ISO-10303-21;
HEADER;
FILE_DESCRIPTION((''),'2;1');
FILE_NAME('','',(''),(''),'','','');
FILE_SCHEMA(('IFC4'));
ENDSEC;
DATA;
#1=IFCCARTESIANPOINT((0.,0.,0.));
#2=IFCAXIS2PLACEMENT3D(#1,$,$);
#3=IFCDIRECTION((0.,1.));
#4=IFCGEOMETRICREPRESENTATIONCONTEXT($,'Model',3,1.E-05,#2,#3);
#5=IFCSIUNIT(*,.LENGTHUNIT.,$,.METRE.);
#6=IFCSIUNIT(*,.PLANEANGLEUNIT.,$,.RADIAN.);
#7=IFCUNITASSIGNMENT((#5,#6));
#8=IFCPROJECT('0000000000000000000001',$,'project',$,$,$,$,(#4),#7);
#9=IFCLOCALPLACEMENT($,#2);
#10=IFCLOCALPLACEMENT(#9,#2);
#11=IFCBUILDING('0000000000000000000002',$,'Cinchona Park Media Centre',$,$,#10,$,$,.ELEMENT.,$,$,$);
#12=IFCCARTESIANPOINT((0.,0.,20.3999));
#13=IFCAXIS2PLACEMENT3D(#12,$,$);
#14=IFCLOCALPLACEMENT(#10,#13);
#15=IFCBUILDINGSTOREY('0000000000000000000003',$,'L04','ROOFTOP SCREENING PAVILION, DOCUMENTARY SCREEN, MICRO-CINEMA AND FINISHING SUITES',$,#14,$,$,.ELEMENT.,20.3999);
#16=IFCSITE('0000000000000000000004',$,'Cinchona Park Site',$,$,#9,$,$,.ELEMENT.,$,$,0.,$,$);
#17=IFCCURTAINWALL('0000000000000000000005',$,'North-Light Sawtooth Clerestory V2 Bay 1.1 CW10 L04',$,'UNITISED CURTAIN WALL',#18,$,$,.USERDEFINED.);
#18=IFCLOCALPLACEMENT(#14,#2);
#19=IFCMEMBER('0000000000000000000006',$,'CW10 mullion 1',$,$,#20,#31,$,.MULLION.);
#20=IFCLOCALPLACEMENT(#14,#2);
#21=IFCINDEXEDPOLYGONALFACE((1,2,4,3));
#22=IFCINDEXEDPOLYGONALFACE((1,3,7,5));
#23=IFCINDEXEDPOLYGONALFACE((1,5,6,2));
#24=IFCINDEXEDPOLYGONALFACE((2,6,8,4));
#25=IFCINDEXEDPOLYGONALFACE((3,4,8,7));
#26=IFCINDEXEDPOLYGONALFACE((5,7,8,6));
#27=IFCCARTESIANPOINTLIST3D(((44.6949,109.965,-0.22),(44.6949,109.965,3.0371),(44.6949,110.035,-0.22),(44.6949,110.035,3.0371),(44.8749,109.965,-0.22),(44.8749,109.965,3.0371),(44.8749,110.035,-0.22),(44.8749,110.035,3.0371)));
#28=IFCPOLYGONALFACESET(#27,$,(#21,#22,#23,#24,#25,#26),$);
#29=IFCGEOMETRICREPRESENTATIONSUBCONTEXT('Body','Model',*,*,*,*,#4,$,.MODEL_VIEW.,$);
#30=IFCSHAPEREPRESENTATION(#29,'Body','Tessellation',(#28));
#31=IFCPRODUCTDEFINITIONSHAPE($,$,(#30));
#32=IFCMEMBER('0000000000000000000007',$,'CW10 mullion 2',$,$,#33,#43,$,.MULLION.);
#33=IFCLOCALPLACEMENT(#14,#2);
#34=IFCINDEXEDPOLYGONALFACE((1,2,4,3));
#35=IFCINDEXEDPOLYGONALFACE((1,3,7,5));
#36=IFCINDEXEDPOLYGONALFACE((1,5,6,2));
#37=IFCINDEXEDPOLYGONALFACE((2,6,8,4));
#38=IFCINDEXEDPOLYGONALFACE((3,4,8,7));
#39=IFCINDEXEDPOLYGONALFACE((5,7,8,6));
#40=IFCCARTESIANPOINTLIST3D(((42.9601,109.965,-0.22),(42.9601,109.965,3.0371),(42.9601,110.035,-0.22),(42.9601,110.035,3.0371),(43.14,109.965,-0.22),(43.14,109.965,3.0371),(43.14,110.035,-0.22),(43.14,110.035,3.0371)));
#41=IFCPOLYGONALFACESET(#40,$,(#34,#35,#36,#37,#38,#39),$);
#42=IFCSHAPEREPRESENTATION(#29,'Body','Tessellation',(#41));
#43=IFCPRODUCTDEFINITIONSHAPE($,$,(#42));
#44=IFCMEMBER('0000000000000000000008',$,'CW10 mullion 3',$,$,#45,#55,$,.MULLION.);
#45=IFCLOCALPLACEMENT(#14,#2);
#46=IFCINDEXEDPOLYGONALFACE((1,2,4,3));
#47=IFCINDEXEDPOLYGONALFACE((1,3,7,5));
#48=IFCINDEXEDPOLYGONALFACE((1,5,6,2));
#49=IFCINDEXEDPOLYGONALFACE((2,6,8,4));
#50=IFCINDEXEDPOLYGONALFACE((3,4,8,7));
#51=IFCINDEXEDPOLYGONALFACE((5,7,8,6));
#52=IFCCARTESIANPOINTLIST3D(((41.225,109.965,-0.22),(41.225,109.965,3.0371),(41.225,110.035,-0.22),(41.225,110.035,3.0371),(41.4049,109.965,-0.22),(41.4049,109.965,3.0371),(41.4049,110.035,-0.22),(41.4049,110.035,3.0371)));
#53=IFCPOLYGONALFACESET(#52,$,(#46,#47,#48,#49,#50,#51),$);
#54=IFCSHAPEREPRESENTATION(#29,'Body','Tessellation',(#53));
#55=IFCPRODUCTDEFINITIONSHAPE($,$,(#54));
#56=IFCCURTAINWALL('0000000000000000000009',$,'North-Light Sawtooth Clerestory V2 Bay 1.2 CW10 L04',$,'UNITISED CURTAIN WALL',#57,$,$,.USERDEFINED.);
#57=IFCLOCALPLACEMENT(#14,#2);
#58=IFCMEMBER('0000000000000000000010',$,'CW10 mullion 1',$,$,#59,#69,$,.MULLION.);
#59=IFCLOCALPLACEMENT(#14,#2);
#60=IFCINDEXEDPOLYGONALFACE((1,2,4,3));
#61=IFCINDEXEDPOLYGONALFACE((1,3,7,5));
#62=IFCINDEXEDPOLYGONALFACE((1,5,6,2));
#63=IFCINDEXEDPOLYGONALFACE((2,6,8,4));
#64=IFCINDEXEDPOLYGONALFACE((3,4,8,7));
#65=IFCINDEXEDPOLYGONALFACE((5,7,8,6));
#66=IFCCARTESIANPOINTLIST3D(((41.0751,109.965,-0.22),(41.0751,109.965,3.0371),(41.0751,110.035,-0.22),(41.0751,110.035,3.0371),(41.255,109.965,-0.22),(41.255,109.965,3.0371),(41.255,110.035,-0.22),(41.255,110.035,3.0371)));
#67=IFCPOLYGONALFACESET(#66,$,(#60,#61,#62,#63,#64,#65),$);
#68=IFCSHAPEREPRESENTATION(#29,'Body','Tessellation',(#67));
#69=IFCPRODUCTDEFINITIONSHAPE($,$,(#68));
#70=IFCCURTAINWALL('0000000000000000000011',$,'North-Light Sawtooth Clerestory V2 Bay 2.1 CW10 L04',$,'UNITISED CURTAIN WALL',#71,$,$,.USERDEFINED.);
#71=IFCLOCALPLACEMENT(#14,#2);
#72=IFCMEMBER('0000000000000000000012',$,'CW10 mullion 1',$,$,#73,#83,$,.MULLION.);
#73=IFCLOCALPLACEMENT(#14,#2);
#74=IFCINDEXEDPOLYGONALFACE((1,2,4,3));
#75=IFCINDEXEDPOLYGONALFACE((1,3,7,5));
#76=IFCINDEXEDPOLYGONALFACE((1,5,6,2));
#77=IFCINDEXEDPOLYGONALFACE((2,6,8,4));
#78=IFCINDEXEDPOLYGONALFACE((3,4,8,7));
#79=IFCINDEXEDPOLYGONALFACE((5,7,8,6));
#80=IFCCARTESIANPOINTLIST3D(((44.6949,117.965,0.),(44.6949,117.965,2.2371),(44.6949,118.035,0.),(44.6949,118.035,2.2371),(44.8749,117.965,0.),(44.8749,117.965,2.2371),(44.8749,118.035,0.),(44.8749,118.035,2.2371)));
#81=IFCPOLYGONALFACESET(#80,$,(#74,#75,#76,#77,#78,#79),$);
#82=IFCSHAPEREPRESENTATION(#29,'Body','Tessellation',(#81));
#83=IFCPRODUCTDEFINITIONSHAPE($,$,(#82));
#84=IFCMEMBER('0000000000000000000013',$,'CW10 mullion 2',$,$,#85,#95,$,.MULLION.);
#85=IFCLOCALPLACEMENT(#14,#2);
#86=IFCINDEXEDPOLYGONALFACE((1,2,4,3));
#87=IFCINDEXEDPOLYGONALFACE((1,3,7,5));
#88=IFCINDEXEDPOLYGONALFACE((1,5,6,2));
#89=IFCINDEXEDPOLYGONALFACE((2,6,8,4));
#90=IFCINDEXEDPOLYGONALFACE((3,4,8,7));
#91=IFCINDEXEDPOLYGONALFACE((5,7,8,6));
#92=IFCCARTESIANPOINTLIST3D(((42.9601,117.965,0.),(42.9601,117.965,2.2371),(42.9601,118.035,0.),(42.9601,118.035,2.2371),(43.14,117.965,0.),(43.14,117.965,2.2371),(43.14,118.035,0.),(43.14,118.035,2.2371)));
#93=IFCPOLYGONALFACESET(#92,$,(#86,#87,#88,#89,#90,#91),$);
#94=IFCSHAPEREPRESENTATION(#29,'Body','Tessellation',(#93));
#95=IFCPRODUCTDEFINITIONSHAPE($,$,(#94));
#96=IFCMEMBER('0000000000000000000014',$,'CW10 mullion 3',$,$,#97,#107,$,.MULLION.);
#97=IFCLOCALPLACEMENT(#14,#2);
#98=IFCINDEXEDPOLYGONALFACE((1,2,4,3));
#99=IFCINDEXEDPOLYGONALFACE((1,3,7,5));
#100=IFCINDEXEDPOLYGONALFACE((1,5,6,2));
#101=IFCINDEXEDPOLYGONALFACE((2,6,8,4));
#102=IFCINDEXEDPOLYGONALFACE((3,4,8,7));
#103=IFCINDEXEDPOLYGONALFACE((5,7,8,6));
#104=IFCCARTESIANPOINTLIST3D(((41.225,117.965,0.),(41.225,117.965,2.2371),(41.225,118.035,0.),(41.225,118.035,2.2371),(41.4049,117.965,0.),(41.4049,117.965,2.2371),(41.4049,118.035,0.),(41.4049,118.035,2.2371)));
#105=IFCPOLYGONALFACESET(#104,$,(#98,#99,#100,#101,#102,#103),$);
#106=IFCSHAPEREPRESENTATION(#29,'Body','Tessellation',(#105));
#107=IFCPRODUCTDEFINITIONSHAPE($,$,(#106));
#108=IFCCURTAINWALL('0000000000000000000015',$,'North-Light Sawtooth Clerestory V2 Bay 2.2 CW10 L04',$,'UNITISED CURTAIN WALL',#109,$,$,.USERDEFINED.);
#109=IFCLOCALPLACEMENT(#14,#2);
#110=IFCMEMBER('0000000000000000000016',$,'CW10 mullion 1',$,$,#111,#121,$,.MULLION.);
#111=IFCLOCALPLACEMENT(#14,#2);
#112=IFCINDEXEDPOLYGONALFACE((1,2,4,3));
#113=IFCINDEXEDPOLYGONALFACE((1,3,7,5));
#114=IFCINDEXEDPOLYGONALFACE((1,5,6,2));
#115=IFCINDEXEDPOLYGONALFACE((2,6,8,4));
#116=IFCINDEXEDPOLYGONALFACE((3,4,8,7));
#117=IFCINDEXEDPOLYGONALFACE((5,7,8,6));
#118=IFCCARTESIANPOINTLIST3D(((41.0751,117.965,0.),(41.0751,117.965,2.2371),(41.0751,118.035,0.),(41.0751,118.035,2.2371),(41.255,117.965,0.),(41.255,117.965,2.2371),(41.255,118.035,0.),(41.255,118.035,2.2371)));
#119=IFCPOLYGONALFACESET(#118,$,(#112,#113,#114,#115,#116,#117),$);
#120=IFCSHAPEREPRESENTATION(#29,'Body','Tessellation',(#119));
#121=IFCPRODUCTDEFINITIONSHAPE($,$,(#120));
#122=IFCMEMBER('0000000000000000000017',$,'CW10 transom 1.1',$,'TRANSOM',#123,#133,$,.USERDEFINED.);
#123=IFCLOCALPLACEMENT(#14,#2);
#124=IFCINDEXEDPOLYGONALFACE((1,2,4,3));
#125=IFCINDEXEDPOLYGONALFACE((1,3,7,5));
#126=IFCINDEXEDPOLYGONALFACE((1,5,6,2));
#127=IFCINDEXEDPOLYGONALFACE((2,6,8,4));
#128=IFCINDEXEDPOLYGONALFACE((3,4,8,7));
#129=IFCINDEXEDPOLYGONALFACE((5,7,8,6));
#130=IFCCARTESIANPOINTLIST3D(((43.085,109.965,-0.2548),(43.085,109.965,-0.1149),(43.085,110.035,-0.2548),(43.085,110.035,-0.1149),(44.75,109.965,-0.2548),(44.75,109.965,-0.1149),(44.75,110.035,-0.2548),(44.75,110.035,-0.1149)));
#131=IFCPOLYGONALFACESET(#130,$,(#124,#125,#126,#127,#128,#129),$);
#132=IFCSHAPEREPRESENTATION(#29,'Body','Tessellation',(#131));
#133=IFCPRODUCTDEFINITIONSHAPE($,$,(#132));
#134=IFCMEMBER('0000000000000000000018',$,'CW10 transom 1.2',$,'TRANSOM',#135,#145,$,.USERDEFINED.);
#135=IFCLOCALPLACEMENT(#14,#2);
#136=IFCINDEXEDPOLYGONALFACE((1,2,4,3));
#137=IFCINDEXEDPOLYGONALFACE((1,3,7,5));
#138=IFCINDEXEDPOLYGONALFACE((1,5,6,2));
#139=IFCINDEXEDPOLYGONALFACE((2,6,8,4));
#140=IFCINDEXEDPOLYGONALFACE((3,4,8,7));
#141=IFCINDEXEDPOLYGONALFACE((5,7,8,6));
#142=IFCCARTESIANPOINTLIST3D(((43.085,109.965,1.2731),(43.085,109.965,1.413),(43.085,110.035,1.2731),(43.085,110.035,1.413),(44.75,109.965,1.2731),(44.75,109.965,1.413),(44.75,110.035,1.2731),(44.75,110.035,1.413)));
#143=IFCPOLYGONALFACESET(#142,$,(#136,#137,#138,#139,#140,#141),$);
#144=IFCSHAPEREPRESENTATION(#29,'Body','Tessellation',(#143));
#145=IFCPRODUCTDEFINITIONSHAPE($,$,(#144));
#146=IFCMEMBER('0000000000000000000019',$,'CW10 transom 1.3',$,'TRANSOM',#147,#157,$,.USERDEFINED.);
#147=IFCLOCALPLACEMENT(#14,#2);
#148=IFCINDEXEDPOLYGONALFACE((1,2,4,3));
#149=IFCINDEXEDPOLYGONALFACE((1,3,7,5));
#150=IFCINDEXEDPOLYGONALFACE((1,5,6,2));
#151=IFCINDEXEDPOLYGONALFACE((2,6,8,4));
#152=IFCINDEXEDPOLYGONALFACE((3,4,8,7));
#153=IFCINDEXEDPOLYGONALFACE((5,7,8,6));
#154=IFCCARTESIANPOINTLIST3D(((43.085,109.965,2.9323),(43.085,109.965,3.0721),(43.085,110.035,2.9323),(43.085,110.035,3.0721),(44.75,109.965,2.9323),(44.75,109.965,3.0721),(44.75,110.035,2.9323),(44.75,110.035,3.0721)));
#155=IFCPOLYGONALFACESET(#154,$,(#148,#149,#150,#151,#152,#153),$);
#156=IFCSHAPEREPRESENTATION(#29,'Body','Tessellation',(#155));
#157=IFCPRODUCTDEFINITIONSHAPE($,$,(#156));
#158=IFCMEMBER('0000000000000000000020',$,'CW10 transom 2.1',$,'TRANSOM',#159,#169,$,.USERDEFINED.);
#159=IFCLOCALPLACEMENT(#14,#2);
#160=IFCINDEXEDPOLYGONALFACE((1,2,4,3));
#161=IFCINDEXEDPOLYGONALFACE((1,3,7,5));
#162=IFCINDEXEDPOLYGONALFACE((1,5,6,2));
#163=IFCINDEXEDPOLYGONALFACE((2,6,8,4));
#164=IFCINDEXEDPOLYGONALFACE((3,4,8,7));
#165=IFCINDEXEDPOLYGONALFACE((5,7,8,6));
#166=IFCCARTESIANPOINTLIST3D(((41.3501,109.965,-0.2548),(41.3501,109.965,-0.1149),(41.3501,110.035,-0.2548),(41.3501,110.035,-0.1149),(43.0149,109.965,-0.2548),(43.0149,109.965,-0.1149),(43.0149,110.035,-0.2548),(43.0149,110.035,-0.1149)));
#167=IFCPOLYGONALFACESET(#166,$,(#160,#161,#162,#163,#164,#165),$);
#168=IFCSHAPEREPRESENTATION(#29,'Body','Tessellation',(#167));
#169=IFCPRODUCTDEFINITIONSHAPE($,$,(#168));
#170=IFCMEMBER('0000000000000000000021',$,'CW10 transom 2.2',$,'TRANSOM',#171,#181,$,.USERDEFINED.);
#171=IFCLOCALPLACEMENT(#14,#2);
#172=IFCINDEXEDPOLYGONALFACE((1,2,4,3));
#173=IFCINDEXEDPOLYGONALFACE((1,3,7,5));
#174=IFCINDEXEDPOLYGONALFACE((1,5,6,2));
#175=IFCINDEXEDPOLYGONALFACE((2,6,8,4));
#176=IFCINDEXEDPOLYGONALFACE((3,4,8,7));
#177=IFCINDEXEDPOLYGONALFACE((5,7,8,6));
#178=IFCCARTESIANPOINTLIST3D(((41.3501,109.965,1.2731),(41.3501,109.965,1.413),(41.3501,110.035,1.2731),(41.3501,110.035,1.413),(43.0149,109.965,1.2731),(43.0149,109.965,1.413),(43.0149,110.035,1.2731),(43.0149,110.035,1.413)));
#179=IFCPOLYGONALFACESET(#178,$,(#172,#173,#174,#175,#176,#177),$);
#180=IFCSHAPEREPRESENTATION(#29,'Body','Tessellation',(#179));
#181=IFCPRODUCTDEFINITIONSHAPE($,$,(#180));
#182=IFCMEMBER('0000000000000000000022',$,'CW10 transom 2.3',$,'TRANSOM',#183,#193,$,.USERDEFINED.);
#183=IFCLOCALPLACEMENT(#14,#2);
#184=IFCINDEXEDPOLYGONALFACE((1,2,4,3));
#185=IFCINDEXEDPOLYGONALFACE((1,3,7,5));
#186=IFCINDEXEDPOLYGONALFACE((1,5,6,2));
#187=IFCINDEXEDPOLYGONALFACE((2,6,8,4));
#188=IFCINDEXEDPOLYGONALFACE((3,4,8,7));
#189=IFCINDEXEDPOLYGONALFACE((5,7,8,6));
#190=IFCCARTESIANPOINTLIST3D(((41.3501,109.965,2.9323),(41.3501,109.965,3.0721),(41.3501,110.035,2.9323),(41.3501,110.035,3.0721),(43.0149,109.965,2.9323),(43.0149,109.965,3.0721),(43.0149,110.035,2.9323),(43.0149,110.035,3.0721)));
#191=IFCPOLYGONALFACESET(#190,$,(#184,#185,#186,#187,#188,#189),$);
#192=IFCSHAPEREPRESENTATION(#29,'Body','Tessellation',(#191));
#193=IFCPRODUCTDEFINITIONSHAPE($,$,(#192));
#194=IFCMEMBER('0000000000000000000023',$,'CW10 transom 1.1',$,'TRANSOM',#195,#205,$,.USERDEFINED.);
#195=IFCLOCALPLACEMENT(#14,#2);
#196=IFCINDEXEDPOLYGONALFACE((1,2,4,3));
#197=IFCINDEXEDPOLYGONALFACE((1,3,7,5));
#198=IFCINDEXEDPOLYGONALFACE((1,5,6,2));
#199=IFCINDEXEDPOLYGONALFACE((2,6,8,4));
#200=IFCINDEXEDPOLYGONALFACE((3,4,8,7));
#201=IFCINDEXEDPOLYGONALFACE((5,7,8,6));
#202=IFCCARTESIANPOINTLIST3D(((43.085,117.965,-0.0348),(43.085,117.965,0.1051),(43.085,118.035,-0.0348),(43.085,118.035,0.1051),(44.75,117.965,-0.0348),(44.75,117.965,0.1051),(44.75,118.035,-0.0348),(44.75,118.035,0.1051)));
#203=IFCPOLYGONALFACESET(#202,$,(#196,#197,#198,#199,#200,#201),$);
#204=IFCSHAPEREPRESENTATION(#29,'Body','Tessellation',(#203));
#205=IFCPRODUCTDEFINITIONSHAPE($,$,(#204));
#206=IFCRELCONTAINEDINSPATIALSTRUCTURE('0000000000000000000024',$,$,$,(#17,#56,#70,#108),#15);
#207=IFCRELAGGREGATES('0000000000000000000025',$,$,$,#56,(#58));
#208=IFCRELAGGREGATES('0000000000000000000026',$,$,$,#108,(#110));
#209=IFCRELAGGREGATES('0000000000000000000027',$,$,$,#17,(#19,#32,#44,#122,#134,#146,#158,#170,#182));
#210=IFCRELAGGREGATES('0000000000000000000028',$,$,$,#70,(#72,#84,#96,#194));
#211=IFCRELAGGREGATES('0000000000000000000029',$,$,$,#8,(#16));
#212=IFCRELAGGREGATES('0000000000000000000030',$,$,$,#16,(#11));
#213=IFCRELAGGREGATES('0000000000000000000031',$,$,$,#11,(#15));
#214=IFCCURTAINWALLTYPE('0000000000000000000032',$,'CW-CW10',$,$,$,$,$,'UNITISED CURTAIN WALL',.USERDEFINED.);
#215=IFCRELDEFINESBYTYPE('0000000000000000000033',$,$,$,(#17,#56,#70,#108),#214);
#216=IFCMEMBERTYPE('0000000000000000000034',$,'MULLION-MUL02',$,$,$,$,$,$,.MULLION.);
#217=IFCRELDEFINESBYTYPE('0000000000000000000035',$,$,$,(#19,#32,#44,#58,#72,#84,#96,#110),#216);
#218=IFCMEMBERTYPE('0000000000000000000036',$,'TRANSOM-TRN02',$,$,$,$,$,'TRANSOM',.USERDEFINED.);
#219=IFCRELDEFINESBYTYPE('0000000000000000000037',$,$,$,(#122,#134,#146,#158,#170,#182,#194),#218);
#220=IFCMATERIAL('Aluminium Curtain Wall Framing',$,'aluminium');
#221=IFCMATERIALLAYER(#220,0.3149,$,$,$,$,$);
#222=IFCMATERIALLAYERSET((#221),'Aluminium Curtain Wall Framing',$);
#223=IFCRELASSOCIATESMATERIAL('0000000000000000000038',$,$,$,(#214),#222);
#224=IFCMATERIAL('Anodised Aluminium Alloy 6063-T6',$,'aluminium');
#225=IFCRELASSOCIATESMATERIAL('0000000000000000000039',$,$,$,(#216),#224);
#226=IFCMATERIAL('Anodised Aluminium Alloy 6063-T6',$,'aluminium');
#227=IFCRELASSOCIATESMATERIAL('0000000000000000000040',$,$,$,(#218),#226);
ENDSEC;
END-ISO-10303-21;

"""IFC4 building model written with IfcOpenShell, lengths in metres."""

from ifc_helpers import new_model, si_unit, direction, frame, origin, origin_2d, place, context, subcontext, project, spatial, rectangle, extrude, material, layer, layer_set, material_profile, profile_set, type_object, element, aggregate, save


model = new_model("IFC4")

# Units and contexts
model_context = context("Model", 3, precision=1e-05, world=origin(), true_north=direction((0.0, 1.0)))
body_context = subcontext(model_context, "Body", "Model", "MODEL_VIEW")
ifc_project = project(units=[si_unit("LENGTHUNIT", "METRE"), si_unit("PLANEANGLEUNIT", "RADIAN")], contexts=[model_context])

# Site, building, storey
site_placement = place(None, origin())
site = spatial("IfcSite", under=ifc_project, at=site_placement, Name="Cinchona Park Site", CompositionType="ELEMENT", RefElevation=0.0)
building_placement = place(site_placement, origin())
building = spatial("IfcBuilding", under=site, at=building_placement, Name="Cinchona Park Media Centre", CompositionType="ELEMENT")
storey_placement = place(building_placement, frame((0.0, 0.0, 20.3999)))
storey = spatial("IfcBuildingStorey", under=building, at=storey_placement, Name="L04", Description="ROOFTOP SCREENING PAVILION, DOCUMENTARY SCREEN, MICRO-CINEMA AND FINISHING SUITES", CompositionType="ELEMENT", Elevation=20.3999)

# Curtain wall, members
ifc_material_1 = material(Name="Aluminium Curtain Wall Framing", Category="aluminium")
ifc_layer_1 = layer(ifc_material_1, 0.3149)
ifc_layer_set_1 = layer_set([ifc_layer_1], Name="Aluminium Curtain Wall Framing")
curtain_wall_type = type_object("IfcCurtainWallType", Name="CW-CW10", ElementType="UNITISED CURTAIN WALL", PredefinedType="USERDEFINED", material=ifc_layer_set_1)
curtain_wall_1_placement = place(storey_placement, origin())
curtain_wall_1 = element("IfcCurtainWall", 1, at=curtain_wall_1_placement, inside=storey, type_object=curtain_wall_type, Name="North-Light Sawtooth Clerestory V2 Bay 1.1 CW10 L04", ObjectType="UNITISED CURTAIN WALL", PredefinedType="USERDEFINED")
ifc_material_2 = material(Name="Anodised Aluminium Alloy 6063-T6", Category="aluminium")
ifc_material_profile_1 = material_profile(ifc_material_2, rectangle(XDim=0.0701, YDim=0.1799, at=origin_2d()), Name="MUL-70X180")
ifc_profile_set_1 = profile_set([ifc_material_profile_1], Name="Anodised Aluminium Alloy 6063-T6")
member_type_1 = type_object("IfcMemberType", Name="MULLION-MUL02", PredefinedType="MULLION", material=ifc_profile_set_1)
member_1_placement = place(storey_placement, frame((44.7849, 110.0, -0.22), z_axis=(0.0, 0.0, 1.0), x_axis=(0.0, -1.0, 0.0)))
member_1 = element("IfcMember", 2, at=member_1_placement, type_object=member_type_1, Name="CW10 mullion 1", PredefinedType="MULLION", context=body_context, shape_type="SweptSolid", body=[
    extrude(rectangle(XDim=0.0701, YDim=0.1799, at=origin_2d()), origin(), (0.0, 0.0, 1.0), 3.2571),
])
member_2_placement = place(storey_placement, frame((43.05, 110.0, -0.22), z_axis=(0.0, 0.0, 1.0), x_axis=(0.0, -1.0, 0.0)))
member_2 = element("IfcMember", 3, at=member_2_placement, type_object=member_type_1, Name="CW10 mullion 2", PredefinedType="MULLION", context=body_context, shape_type="SweptSolid", body=[
    extrude(rectangle(XDim=0.0701, YDim=0.1799, at=origin_2d()), origin(), (0.0, 0.0, 1.0), 3.2571),
])
member_3_placement = place(storey_placement, frame((41.3149, 110.0, -0.22), z_axis=(0.0, 0.0, 1.0), x_axis=(0.0, -1.0, 0.0)))
member_3 = element("IfcMember", 4, at=member_3_placement, type_object=member_type_1, Name="CW10 mullion 3", PredefinedType="MULLION", context=body_context, shape_type="SweptSolid", body=[
    extrude(rectangle(XDim=0.0701, YDim=0.1799, at=origin_2d()), origin(), (0.0, 0.0, 1.0), 3.2571),
])

# Curtain wall, member
curtain_wall_2_placement = place(storey_placement, origin())
curtain_wall_2 = element("IfcCurtainWall", 5, at=curtain_wall_2_placement, inside=storey, type_object=curtain_wall_type, Name="North-Light Sawtooth Clerestory V2 Bay 1.2 CW10 L04", ObjectType="UNITISED CURTAIN WALL", PredefinedType="USERDEFINED")
member_4_placement = place(storey_placement, frame((41.165, 110.0, -0.22), z_axis=(0.0, 0.0, 1.0), x_axis=(0.0, -1.0, 0.0)))
member_4 = element("IfcMember", 6, at=member_4_placement, type_object=member_type_1, Name="CW10 mullion 1", PredefinedType="MULLION", context=body_context, shape_type="SweptSolid", body=[
    extrude(rectangle(XDim=0.0701, YDim=0.1799, at=origin_2d()), origin(), (0.0, 0.0, 1.0), 3.2571),
])
aggregate(curtain_wall_2, [member_4])

# Curtain wall, members
curtain_wall_3_placement = place(storey_placement, origin())
curtain_wall_3 = element("IfcCurtainWall", 7, at=curtain_wall_3_placement, inside=storey, type_object=curtain_wall_type, Name="North-Light Sawtooth Clerestory V2 Bay 2.1 CW10 L04", ObjectType="UNITISED CURTAIN WALL", PredefinedType="USERDEFINED")
member_5_placement = place(storey_placement, frame((44.7849, 118.0, 0.0), z_axis=(0.0, 0.0, 1.0), x_axis=(0.0, -1.0, 0.0)))
member_5 = element("IfcMember", 8, at=member_5_placement, type_object=member_type_1, Name="CW10 mullion 1", PredefinedType="MULLION", context=body_context, shape_type="SweptSolid", body=[
    extrude(rectangle(XDim=0.0701, YDim=0.1799, at=origin_2d()), origin(), (0.0, 0.0, 1.0), 2.2371),
])
member_6_placement = place(storey_placement, frame((43.05, 118.0, 0.0), z_axis=(0.0, 0.0, 1.0), x_axis=(0.0, -1.0, 0.0)))
member_6 = element("IfcMember", 9, at=member_6_placement, type_object=member_type_1, Name="CW10 mullion 2", PredefinedType="MULLION", context=body_context, shape_type="SweptSolid", body=[
    extrude(rectangle(XDim=0.0701, YDim=0.1799, at=origin_2d()), origin(), (0.0, 0.0, 1.0), 2.2371),
])
member_7_placement = place(storey_placement, frame((41.3149, 118.0, 0.0), z_axis=(0.0, 0.0, 1.0), x_axis=(0.0, -1.0, 0.0)))
member_7 = element("IfcMember", 10, at=member_7_placement, type_object=member_type_1, Name="CW10 mullion 3", PredefinedType="MULLION", context=body_context, shape_type="SweptSolid", body=[
    extrude(rectangle(XDim=0.0701, YDim=0.1799, at=origin_2d()), origin(), (0.0, 0.0, 1.0), 2.2371),
])

# Curtain wall, member
curtain_wall_4_placement = place(storey_placement, origin())
curtain_wall_4 = element("IfcCurtainWall", 11, at=curtain_wall_4_placement, inside=storey, type_object=curtain_wall_type, Name="North-Light Sawtooth Clerestory V2 Bay 2.2 CW10 L04", ObjectType="UNITISED CURTAIN WALL", PredefinedType="USERDEFINED")
member_8_placement = place(storey_placement, frame((41.165, 118.0, 0.0), z_axis=(0.0, 0.0, 1.0), x_axis=(0.0, -1.0, 0.0)))
member_8 = element("IfcMember", 12, at=member_8_placement, type_object=member_type_1, Name="CW10 mullion 1", PredefinedType="MULLION", context=body_context, shape_type="SweptSolid", body=[
    extrude(rectangle(XDim=0.0701, YDim=0.1799, at=origin_2d()), origin(), (0.0, 0.0, 1.0), 2.2371),
])

# Members
ifc_material_3 = material(Name="Anodised Aluminium Alloy 6063-T6", Category="aluminium")
ifc_material_profile_2 = material_profile(ifc_material_3, rectangle(XDim=0.0701, YDim=0.1399, at=origin_2d()), Name="TRN-70X140")
ifc_profile_set_2 = profile_set([ifc_material_profile_2], Name="Anodised Aluminium Alloy 6063-T6")
member_type_2 = type_object("IfcMemberType", Name="TRANSOM-TRN02", ElementType="TRANSOM", PredefinedType="USERDEFINED", material=ifc_profile_set_2)
member_9_placement = place(storey_placement, frame((44.75, 110.0, -0.1848), z_axis=(-1.0, 0.0, 0.0), x_axis=(0.0, -1.0, 0.0)))
member_9 = element("IfcMember", 13, at=member_9_placement, type_object=member_type_2, Name="CW10 transom 1.1", ObjectType="TRANSOM", PredefinedType="USERDEFINED", context=body_context, shape_type="SweptSolid", body=[
    extrude(rectangle(XDim=0.0701, YDim=0.1399, at=origin_2d()), origin(), (0.0, 0.0, 1.0), 1.665),
])
member_10_placement = place(storey_placement, frame((44.75, 110.0, 1.343), z_axis=(-1.0, 0.0, 0.0), x_axis=(0.0, -1.0, 0.0)))
member_10 = element("IfcMember", 14, at=member_10_placement, type_object=member_type_2, Name="CW10 transom 1.2", ObjectType="TRANSOM", PredefinedType="USERDEFINED", context=body_context, shape_type="SweptSolid", body=[
    extrude(rectangle(XDim=0.0701, YDim=0.1399, at=origin_2d()), origin(), (0.0, 0.0, 1.0), 1.665),
])
member_11_placement = place(storey_placement, frame((44.75, 110.0, 3.0022), z_axis=(-1.0, 0.0, 0.0), x_axis=(0.0, -1.0, 0.0)))
member_11 = element("IfcMember", 15, at=member_11_placement, type_object=member_type_2, Name="CW10 transom 1.3", ObjectType="TRANSOM", PredefinedType="USERDEFINED", context=body_context, shape_type="SweptSolid", body=[
    extrude(rectangle(XDim=0.0701, YDim=0.1399, at=origin_2d()), origin(), (0.0, 0.0, 1.0), 1.665),
])
member_12_placement = place(storey_placement, frame((43.0149, 110.0, -0.1848), z_axis=(-1.0, 0.0, 0.0), x_axis=(0.0, -1.0, 0.0)))
member_12 = element("IfcMember", 16, at=member_12_placement, type_object=member_type_2, Name="CW10 transom 2.1", ObjectType="TRANSOM", PredefinedType="USERDEFINED", context=body_context, shape_type="SweptSolid", body=[
    extrude(rectangle(XDim=0.0701, YDim=0.1399, at=origin_2d()), origin(), (0.0, 0.0, 1.0), 1.6648),
])
member_13_placement = place(storey_placement, frame((43.0149, 110.0, 1.343), z_axis=(-1.0, 0.0, 0.0), x_axis=(0.0, -1.0, 0.0)))
member_13 = element("IfcMember", 17, at=member_13_placement, type_object=member_type_2, Name="CW10 transom 2.2", ObjectType="TRANSOM", PredefinedType="USERDEFINED", context=body_context, shape_type="SweptSolid", body=[
    extrude(rectangle(XDim=0.0701, YDim=0.1399, at=origin_2d()), origin(), (0.0, 0.0, 1.0), 1.6648),
])
member_14_placement = place(storey_placement, frame((43.0149, 110.0, 3.0022), z_axis=(-1.0, 0.0, 0.0), x_axis=(0.0, -1.0, 0.0)))
member_14 = element("IfcMember", 18, at=member_14_placement, type_object=member_type_2, Name="CW10 transom 2.3", ObjectType="TRANSOM", PredefinedType="USERDEFINED", context=body_context, shape_type="SweptSolid", body=[
    extrude(rectangle(XDim=0.0701, YDim=0.1399, at=origin_2d()), origin(), (0.0, 0.0, 1.0), 1.6648),
])
member_15_placement = place(storey_placement, frame((44.75, 118.0, 0.0352), z_axis=(-1.0, 0.0, 0.0), x_axis=(0.0, -1.0, 0.0)))
member_15 = element("IfcMember", 19, at=member_15_placement, type_object=member_type_2, Name="CW10 transom 1.1", ObjectType="TRANSOM", PredefinedType="USERDEFINED", context=body_context, shape_type="SweptSolid", body=[
    extrude(rectangle(XDim=0.0701, YDim=0.1399, at=origin_2d()), origin(), (0.0, 0.0, 1.0), 1.665),
])
aggregate(curtain_wall_4, [member_8])

aggregate(curtain_wall_1, [member_1, member_2, member_3, member_9, member_10, member_11, member_12, member_13, member_14])
aggregate(curtain_wall_3, [member_5, member_6, member_7, member_15])

save(model, "model.ifc")
